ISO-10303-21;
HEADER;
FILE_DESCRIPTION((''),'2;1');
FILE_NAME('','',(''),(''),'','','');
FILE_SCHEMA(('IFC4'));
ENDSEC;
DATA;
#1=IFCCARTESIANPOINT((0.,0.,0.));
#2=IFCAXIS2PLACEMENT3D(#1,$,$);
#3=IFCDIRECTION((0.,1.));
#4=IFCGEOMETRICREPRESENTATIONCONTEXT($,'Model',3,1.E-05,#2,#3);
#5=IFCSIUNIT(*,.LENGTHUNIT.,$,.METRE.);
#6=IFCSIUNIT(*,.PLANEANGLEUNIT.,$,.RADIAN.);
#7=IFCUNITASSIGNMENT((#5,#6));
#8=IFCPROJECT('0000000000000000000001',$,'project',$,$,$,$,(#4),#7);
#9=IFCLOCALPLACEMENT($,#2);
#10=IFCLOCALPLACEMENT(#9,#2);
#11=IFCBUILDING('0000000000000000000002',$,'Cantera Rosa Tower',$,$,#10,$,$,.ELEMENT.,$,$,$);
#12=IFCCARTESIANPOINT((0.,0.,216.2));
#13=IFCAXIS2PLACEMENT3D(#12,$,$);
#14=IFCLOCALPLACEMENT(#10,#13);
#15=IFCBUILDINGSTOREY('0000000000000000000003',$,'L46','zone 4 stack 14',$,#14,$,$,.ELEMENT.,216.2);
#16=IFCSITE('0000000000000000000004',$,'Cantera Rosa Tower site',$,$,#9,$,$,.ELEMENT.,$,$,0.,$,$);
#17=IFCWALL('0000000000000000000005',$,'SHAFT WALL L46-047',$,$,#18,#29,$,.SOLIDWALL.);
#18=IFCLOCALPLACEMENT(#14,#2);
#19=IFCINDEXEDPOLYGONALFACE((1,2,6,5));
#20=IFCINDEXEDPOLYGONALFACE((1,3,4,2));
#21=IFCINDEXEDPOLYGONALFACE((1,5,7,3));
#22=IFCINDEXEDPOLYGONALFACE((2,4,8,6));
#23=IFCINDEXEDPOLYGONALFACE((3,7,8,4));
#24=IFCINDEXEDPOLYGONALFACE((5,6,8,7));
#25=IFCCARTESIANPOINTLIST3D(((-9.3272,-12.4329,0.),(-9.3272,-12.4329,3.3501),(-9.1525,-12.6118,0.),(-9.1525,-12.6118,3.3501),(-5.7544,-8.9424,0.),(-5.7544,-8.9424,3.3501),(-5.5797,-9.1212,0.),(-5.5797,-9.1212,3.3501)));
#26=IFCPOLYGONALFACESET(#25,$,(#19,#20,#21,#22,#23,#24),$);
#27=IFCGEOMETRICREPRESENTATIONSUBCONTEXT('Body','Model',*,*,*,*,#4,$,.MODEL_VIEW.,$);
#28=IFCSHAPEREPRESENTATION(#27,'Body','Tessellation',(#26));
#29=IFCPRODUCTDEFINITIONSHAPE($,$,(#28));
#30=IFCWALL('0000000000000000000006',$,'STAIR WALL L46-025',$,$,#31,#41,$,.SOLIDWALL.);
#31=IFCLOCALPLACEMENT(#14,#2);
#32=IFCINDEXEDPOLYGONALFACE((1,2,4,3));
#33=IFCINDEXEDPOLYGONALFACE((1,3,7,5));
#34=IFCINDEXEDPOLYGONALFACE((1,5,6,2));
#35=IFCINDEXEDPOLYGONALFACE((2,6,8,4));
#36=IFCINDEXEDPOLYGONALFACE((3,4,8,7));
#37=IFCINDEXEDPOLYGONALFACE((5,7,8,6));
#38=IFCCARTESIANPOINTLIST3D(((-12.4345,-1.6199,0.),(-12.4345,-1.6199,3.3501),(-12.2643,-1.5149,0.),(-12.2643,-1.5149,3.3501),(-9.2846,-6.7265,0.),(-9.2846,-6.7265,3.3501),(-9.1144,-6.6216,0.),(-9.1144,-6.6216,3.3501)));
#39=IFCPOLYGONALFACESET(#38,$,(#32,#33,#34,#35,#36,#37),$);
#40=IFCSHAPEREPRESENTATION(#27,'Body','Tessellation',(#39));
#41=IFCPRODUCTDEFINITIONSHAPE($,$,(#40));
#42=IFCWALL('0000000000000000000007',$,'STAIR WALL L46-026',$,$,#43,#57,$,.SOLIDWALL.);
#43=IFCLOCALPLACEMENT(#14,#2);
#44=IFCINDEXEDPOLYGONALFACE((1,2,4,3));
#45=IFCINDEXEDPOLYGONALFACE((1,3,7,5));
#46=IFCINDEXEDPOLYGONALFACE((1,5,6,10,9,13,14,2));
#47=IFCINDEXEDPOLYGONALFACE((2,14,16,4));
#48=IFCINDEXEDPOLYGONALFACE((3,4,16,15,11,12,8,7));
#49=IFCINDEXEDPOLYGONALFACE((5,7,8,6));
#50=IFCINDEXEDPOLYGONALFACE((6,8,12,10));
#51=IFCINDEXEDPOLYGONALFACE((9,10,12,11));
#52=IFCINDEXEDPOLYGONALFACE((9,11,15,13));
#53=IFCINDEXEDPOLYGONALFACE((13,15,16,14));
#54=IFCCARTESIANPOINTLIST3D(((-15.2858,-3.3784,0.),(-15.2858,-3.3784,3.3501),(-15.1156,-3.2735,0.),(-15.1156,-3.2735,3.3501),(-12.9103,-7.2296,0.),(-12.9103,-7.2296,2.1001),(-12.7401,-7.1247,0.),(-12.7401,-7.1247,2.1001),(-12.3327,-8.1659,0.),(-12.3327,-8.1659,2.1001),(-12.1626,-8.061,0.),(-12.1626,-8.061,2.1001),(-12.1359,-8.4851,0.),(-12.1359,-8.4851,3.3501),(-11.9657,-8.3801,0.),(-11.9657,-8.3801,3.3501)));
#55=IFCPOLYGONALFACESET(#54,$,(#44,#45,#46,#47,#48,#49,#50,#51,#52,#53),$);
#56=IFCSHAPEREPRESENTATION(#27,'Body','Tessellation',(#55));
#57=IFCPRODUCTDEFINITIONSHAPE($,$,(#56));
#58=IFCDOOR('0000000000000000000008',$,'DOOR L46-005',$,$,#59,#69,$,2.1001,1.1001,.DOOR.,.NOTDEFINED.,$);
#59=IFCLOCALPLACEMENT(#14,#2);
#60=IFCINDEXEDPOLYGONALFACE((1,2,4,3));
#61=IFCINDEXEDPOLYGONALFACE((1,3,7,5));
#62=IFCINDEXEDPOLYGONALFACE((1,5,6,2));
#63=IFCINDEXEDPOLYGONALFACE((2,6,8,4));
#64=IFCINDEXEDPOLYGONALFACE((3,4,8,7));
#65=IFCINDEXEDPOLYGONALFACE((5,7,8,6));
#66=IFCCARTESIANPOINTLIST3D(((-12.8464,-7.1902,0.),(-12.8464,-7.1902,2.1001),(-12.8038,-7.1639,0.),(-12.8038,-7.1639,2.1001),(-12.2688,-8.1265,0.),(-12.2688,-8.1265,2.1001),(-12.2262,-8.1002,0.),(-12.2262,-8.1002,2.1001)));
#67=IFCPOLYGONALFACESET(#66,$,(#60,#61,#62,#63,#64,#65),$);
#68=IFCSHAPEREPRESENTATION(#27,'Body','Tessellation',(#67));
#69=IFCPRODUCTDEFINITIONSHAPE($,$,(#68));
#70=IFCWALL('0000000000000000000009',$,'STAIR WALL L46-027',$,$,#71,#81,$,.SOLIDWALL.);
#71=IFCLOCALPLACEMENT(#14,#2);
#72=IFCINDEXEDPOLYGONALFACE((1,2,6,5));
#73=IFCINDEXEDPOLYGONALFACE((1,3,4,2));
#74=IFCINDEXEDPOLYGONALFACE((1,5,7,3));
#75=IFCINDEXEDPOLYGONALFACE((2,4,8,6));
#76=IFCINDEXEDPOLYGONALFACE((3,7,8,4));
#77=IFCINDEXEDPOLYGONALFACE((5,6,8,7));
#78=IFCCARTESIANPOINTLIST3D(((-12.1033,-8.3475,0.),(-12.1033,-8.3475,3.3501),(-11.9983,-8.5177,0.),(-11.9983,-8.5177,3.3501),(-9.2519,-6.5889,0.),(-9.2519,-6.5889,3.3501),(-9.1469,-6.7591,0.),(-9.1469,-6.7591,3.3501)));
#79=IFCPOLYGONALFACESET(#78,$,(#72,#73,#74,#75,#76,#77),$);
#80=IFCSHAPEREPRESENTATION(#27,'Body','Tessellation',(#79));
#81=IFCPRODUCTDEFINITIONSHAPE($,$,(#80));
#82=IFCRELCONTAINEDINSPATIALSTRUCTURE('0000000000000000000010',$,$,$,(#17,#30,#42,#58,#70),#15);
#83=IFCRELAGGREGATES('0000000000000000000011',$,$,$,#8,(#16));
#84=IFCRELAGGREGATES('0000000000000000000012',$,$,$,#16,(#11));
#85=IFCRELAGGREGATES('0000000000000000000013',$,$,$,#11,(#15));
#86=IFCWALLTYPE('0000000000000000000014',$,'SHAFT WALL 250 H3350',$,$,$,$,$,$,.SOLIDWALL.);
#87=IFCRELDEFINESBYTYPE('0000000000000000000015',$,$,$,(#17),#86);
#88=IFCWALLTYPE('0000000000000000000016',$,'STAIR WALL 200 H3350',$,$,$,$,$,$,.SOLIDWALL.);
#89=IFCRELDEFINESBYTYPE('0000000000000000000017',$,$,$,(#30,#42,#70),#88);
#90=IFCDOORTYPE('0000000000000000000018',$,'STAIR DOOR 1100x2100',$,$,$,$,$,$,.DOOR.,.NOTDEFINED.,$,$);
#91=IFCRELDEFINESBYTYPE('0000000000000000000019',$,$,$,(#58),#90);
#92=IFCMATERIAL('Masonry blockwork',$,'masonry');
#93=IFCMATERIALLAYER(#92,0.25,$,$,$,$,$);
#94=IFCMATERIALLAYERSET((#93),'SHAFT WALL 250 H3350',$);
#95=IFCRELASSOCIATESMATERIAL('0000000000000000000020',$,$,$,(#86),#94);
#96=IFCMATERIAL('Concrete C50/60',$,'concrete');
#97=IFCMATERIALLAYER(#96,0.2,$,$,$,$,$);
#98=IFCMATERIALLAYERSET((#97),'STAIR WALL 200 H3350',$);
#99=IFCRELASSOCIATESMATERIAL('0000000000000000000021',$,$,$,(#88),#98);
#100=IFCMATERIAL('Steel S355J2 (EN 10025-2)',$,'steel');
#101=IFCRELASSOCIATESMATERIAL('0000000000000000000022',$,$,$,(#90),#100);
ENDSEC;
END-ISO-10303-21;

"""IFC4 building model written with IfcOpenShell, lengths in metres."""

from ifc_helpers import new_model, si_unit, direction, frame, frame_2d, origin, place, context, subcontext, project, spatial, rectangle, extrude, material, layer, layer_set, type_object, element, fill, save


model = new_model("IFC4")

# Units and contexts
model_context = context("Model", 3, precision=1e-05, world=origin(), true_north=direction((0.0, 1.0)))
body_context = subcontext(model_context, "Body", "Model", "MODEL_VIEW")
ifc_project = project(units=[si_unit("LENGTHUNIT", "METRE"), si_unit("PLANEANGLEUNIT", "RADIAN")], contexts=[model_context])

# Site, building, storey
site_placement = place(None, origin())
site = spatial("IfcSite", under=ifc_project, at=site_placement, Name="Cantera Rosa Tower site", CompositionType="ELEMENT", RefElevation=0.0)
building_placement = place(site_placement, origin())
building = spatial("IfcBuilding", under=site, at=building_placement, Name="Cantera Rosa Tower", CompositionType="ELEMENT")
storey_placement = place(building_placement, frame((0.0, 0.0, 216.2)))
storey = spatial("IfcBuildingStorey", under=building, at=storey_placement, Name="L46", Description="zone 4 stack 14", CompositionType="ELEMENT", Elevation=216.2)

# Shared definitions
ifc_material_1 = material(Name="Masonry blockwork", Category="masonry")
ifc_layer_1 = layer(ifc_material_1, 0.25)
ifc_layer_set_1 = layer_set([ifc_layer_1], Name="SHAFT WALL 250 H3350")
wall_type_1 = type_object("IfcWallType", Name="SHAFT WALL 250 H3350", PredefinedType="SOLIDWALL", material=ifc_layer_set_1)

# Walls
wall_1_placement = place(storey_placement, frame((-5.667, -9.0317, 0.0), z_axis=(0.0, 0.0, 1.0), x_axis=(-0.715295, -0.698823, 0.0)))
element("IfcWall", 1, at=wall_1_placement, inside=storey, type_object=wall_type_1, Name="SHAFT WALL L46-047", PredefinedType="SOLIDWALL", context=body_context, shape_type="SweptSolid", body=[
    extrude(rectangle(XDim=4.9949, YDim=0.25, at=frame_2d((2.4976, 0.0))), origin(), (0.0, 0.0, 1.0), 3.3501),
])
ifc_material_2 = material(Name="Concrete C50/60", Category="concrete")
ifc_layer_2 = layer(ifc_material_2, 0.2)
ifc_layer_set_2 = layer_set([ifc_layer_2], Name="STAIR WALL 200 H3350")
wall_type_2 = type_object("IfcWallType", Name="STAIR WALL 200 H3350", PredefinedType="SOLIDWALL", material=ifc_layer_set_2)
wall_2_placement = place(storey_placement, frame((-12.3494, -1.5674, 0.0), z_axis=(0.0, 0.0, 1.0), x_axis=(0.524983, -0.851113, 0.0)))
element("IfcWall", 2, at=wall_2_placement, inside=storey, type_object=wall_type_2, Name="STAIR WALL L46-025", PredefinedType="SOLIDWALL", context=body_context, shape_type="SweptSolid", body=[
    extrude(rectangle(XDim=6.0, YDim=0.2, at=frame_2d((3.0, 0.0))), origin(), (0.0, 0.0, 1.0), 3.3501),
])

# Wall, opening, door
wall_3_placement = place(storey_placement, frame((-12.0508, -8.4326, 0.0), z_axis=(0.0, 0.0, 1.0), x_axis=(-0.524983, 0.851113, 0.0)))
wall_3 = element("IfcWall", 3, at=wall_3_placement, inside=storey, type_object=wall_type_2, Name="STAIR WALL L46-026", PredefinedType="SOLIDWALL", context=body_context, shape_type="SweptSolid", body=[
    extrude(rectangle(XDim=6.0, YDim=0.2, at=frame_2d((3.0, 0.0))), origin(), (0.0, 0.0, 1.0), 3.3501),
])
opening_1_placement = place(wall_3_placement, frame((0.375, 0.0, 0.0)))
opening_1 = element("IfcOpeningElement", 4, at=opening_1_placement, cuts=wall_3, PredefinedType="OPENING", context=body_context, shape_type="SweptSolid", body=[
    extrude(rectangle(XDim=1.1001, YDim=2.1001, at=frame_2d((0.55, 1.05))), frame((0.0, 0.1099, 0.0), z_axis=(0.0, -1.0, 0.0), x_axis=(1.0, 0.0, 0.0)), (0.0, 0.0, 1.0), 0.22),
])
ifc_material_3 = material(Name="Steel S355J2 (EN 10025-2)", Category="steel")
door_type_1 = type_object("IfcDoorType", Name="STAIR DOOR 1100x2100", OperationType="NOTDEFINED", PredefinedType="DOOR", material=ifc_material_3)
door_1_placement = place(opening_1_placement, origin())
door_1 = element("IfcDoor", 5, at=door_1_placement, inside=storey, type_object=door_type_1, Name="DOOR L46-005", OperationType="NOTDEFINED", OverallHeight=2.1001, OverallWidth=1.1001, PredefinedType="DOOR", context=body_context, shape_type="SweptSolid", body=[
    extrude(rectangle(XDim=1.1001, YDim=2.1001, at=frame_2d((0.55, 1.05))), frame((0.0, 0.0249, 0.0), z_axis=(0.0, -1.0, 0.0), x_axis=(1.0, 0.0, 0.0)), (0.0, 0.0, 1.0), 0.05),
])
fill(opening_1, door_1)

# Wall
wall_4_placement = place(storey_placement, frame((-12.0508, -8.4326, 0.0), z_axis=(0.0, 0.0, 1.0), x_axis=(0.85114, 0.524939, 0.0)))
element("IfcWall", 6, at=wall_4_placement, inside=storey, type_object=wall_type_2, Name="STAIR WALL L46-027", PredefinedType="SOLIDWALL", context=body_context, shape_type="SweptSolid", body=[
    extrude(rectangle(XDim=3.3501, YDim=0.2, at=frame_2d((1.675, 0.0))), origin(), (0.0, 0.0, 1.0), 3.3501),
])

save(model, "model.ifc")
